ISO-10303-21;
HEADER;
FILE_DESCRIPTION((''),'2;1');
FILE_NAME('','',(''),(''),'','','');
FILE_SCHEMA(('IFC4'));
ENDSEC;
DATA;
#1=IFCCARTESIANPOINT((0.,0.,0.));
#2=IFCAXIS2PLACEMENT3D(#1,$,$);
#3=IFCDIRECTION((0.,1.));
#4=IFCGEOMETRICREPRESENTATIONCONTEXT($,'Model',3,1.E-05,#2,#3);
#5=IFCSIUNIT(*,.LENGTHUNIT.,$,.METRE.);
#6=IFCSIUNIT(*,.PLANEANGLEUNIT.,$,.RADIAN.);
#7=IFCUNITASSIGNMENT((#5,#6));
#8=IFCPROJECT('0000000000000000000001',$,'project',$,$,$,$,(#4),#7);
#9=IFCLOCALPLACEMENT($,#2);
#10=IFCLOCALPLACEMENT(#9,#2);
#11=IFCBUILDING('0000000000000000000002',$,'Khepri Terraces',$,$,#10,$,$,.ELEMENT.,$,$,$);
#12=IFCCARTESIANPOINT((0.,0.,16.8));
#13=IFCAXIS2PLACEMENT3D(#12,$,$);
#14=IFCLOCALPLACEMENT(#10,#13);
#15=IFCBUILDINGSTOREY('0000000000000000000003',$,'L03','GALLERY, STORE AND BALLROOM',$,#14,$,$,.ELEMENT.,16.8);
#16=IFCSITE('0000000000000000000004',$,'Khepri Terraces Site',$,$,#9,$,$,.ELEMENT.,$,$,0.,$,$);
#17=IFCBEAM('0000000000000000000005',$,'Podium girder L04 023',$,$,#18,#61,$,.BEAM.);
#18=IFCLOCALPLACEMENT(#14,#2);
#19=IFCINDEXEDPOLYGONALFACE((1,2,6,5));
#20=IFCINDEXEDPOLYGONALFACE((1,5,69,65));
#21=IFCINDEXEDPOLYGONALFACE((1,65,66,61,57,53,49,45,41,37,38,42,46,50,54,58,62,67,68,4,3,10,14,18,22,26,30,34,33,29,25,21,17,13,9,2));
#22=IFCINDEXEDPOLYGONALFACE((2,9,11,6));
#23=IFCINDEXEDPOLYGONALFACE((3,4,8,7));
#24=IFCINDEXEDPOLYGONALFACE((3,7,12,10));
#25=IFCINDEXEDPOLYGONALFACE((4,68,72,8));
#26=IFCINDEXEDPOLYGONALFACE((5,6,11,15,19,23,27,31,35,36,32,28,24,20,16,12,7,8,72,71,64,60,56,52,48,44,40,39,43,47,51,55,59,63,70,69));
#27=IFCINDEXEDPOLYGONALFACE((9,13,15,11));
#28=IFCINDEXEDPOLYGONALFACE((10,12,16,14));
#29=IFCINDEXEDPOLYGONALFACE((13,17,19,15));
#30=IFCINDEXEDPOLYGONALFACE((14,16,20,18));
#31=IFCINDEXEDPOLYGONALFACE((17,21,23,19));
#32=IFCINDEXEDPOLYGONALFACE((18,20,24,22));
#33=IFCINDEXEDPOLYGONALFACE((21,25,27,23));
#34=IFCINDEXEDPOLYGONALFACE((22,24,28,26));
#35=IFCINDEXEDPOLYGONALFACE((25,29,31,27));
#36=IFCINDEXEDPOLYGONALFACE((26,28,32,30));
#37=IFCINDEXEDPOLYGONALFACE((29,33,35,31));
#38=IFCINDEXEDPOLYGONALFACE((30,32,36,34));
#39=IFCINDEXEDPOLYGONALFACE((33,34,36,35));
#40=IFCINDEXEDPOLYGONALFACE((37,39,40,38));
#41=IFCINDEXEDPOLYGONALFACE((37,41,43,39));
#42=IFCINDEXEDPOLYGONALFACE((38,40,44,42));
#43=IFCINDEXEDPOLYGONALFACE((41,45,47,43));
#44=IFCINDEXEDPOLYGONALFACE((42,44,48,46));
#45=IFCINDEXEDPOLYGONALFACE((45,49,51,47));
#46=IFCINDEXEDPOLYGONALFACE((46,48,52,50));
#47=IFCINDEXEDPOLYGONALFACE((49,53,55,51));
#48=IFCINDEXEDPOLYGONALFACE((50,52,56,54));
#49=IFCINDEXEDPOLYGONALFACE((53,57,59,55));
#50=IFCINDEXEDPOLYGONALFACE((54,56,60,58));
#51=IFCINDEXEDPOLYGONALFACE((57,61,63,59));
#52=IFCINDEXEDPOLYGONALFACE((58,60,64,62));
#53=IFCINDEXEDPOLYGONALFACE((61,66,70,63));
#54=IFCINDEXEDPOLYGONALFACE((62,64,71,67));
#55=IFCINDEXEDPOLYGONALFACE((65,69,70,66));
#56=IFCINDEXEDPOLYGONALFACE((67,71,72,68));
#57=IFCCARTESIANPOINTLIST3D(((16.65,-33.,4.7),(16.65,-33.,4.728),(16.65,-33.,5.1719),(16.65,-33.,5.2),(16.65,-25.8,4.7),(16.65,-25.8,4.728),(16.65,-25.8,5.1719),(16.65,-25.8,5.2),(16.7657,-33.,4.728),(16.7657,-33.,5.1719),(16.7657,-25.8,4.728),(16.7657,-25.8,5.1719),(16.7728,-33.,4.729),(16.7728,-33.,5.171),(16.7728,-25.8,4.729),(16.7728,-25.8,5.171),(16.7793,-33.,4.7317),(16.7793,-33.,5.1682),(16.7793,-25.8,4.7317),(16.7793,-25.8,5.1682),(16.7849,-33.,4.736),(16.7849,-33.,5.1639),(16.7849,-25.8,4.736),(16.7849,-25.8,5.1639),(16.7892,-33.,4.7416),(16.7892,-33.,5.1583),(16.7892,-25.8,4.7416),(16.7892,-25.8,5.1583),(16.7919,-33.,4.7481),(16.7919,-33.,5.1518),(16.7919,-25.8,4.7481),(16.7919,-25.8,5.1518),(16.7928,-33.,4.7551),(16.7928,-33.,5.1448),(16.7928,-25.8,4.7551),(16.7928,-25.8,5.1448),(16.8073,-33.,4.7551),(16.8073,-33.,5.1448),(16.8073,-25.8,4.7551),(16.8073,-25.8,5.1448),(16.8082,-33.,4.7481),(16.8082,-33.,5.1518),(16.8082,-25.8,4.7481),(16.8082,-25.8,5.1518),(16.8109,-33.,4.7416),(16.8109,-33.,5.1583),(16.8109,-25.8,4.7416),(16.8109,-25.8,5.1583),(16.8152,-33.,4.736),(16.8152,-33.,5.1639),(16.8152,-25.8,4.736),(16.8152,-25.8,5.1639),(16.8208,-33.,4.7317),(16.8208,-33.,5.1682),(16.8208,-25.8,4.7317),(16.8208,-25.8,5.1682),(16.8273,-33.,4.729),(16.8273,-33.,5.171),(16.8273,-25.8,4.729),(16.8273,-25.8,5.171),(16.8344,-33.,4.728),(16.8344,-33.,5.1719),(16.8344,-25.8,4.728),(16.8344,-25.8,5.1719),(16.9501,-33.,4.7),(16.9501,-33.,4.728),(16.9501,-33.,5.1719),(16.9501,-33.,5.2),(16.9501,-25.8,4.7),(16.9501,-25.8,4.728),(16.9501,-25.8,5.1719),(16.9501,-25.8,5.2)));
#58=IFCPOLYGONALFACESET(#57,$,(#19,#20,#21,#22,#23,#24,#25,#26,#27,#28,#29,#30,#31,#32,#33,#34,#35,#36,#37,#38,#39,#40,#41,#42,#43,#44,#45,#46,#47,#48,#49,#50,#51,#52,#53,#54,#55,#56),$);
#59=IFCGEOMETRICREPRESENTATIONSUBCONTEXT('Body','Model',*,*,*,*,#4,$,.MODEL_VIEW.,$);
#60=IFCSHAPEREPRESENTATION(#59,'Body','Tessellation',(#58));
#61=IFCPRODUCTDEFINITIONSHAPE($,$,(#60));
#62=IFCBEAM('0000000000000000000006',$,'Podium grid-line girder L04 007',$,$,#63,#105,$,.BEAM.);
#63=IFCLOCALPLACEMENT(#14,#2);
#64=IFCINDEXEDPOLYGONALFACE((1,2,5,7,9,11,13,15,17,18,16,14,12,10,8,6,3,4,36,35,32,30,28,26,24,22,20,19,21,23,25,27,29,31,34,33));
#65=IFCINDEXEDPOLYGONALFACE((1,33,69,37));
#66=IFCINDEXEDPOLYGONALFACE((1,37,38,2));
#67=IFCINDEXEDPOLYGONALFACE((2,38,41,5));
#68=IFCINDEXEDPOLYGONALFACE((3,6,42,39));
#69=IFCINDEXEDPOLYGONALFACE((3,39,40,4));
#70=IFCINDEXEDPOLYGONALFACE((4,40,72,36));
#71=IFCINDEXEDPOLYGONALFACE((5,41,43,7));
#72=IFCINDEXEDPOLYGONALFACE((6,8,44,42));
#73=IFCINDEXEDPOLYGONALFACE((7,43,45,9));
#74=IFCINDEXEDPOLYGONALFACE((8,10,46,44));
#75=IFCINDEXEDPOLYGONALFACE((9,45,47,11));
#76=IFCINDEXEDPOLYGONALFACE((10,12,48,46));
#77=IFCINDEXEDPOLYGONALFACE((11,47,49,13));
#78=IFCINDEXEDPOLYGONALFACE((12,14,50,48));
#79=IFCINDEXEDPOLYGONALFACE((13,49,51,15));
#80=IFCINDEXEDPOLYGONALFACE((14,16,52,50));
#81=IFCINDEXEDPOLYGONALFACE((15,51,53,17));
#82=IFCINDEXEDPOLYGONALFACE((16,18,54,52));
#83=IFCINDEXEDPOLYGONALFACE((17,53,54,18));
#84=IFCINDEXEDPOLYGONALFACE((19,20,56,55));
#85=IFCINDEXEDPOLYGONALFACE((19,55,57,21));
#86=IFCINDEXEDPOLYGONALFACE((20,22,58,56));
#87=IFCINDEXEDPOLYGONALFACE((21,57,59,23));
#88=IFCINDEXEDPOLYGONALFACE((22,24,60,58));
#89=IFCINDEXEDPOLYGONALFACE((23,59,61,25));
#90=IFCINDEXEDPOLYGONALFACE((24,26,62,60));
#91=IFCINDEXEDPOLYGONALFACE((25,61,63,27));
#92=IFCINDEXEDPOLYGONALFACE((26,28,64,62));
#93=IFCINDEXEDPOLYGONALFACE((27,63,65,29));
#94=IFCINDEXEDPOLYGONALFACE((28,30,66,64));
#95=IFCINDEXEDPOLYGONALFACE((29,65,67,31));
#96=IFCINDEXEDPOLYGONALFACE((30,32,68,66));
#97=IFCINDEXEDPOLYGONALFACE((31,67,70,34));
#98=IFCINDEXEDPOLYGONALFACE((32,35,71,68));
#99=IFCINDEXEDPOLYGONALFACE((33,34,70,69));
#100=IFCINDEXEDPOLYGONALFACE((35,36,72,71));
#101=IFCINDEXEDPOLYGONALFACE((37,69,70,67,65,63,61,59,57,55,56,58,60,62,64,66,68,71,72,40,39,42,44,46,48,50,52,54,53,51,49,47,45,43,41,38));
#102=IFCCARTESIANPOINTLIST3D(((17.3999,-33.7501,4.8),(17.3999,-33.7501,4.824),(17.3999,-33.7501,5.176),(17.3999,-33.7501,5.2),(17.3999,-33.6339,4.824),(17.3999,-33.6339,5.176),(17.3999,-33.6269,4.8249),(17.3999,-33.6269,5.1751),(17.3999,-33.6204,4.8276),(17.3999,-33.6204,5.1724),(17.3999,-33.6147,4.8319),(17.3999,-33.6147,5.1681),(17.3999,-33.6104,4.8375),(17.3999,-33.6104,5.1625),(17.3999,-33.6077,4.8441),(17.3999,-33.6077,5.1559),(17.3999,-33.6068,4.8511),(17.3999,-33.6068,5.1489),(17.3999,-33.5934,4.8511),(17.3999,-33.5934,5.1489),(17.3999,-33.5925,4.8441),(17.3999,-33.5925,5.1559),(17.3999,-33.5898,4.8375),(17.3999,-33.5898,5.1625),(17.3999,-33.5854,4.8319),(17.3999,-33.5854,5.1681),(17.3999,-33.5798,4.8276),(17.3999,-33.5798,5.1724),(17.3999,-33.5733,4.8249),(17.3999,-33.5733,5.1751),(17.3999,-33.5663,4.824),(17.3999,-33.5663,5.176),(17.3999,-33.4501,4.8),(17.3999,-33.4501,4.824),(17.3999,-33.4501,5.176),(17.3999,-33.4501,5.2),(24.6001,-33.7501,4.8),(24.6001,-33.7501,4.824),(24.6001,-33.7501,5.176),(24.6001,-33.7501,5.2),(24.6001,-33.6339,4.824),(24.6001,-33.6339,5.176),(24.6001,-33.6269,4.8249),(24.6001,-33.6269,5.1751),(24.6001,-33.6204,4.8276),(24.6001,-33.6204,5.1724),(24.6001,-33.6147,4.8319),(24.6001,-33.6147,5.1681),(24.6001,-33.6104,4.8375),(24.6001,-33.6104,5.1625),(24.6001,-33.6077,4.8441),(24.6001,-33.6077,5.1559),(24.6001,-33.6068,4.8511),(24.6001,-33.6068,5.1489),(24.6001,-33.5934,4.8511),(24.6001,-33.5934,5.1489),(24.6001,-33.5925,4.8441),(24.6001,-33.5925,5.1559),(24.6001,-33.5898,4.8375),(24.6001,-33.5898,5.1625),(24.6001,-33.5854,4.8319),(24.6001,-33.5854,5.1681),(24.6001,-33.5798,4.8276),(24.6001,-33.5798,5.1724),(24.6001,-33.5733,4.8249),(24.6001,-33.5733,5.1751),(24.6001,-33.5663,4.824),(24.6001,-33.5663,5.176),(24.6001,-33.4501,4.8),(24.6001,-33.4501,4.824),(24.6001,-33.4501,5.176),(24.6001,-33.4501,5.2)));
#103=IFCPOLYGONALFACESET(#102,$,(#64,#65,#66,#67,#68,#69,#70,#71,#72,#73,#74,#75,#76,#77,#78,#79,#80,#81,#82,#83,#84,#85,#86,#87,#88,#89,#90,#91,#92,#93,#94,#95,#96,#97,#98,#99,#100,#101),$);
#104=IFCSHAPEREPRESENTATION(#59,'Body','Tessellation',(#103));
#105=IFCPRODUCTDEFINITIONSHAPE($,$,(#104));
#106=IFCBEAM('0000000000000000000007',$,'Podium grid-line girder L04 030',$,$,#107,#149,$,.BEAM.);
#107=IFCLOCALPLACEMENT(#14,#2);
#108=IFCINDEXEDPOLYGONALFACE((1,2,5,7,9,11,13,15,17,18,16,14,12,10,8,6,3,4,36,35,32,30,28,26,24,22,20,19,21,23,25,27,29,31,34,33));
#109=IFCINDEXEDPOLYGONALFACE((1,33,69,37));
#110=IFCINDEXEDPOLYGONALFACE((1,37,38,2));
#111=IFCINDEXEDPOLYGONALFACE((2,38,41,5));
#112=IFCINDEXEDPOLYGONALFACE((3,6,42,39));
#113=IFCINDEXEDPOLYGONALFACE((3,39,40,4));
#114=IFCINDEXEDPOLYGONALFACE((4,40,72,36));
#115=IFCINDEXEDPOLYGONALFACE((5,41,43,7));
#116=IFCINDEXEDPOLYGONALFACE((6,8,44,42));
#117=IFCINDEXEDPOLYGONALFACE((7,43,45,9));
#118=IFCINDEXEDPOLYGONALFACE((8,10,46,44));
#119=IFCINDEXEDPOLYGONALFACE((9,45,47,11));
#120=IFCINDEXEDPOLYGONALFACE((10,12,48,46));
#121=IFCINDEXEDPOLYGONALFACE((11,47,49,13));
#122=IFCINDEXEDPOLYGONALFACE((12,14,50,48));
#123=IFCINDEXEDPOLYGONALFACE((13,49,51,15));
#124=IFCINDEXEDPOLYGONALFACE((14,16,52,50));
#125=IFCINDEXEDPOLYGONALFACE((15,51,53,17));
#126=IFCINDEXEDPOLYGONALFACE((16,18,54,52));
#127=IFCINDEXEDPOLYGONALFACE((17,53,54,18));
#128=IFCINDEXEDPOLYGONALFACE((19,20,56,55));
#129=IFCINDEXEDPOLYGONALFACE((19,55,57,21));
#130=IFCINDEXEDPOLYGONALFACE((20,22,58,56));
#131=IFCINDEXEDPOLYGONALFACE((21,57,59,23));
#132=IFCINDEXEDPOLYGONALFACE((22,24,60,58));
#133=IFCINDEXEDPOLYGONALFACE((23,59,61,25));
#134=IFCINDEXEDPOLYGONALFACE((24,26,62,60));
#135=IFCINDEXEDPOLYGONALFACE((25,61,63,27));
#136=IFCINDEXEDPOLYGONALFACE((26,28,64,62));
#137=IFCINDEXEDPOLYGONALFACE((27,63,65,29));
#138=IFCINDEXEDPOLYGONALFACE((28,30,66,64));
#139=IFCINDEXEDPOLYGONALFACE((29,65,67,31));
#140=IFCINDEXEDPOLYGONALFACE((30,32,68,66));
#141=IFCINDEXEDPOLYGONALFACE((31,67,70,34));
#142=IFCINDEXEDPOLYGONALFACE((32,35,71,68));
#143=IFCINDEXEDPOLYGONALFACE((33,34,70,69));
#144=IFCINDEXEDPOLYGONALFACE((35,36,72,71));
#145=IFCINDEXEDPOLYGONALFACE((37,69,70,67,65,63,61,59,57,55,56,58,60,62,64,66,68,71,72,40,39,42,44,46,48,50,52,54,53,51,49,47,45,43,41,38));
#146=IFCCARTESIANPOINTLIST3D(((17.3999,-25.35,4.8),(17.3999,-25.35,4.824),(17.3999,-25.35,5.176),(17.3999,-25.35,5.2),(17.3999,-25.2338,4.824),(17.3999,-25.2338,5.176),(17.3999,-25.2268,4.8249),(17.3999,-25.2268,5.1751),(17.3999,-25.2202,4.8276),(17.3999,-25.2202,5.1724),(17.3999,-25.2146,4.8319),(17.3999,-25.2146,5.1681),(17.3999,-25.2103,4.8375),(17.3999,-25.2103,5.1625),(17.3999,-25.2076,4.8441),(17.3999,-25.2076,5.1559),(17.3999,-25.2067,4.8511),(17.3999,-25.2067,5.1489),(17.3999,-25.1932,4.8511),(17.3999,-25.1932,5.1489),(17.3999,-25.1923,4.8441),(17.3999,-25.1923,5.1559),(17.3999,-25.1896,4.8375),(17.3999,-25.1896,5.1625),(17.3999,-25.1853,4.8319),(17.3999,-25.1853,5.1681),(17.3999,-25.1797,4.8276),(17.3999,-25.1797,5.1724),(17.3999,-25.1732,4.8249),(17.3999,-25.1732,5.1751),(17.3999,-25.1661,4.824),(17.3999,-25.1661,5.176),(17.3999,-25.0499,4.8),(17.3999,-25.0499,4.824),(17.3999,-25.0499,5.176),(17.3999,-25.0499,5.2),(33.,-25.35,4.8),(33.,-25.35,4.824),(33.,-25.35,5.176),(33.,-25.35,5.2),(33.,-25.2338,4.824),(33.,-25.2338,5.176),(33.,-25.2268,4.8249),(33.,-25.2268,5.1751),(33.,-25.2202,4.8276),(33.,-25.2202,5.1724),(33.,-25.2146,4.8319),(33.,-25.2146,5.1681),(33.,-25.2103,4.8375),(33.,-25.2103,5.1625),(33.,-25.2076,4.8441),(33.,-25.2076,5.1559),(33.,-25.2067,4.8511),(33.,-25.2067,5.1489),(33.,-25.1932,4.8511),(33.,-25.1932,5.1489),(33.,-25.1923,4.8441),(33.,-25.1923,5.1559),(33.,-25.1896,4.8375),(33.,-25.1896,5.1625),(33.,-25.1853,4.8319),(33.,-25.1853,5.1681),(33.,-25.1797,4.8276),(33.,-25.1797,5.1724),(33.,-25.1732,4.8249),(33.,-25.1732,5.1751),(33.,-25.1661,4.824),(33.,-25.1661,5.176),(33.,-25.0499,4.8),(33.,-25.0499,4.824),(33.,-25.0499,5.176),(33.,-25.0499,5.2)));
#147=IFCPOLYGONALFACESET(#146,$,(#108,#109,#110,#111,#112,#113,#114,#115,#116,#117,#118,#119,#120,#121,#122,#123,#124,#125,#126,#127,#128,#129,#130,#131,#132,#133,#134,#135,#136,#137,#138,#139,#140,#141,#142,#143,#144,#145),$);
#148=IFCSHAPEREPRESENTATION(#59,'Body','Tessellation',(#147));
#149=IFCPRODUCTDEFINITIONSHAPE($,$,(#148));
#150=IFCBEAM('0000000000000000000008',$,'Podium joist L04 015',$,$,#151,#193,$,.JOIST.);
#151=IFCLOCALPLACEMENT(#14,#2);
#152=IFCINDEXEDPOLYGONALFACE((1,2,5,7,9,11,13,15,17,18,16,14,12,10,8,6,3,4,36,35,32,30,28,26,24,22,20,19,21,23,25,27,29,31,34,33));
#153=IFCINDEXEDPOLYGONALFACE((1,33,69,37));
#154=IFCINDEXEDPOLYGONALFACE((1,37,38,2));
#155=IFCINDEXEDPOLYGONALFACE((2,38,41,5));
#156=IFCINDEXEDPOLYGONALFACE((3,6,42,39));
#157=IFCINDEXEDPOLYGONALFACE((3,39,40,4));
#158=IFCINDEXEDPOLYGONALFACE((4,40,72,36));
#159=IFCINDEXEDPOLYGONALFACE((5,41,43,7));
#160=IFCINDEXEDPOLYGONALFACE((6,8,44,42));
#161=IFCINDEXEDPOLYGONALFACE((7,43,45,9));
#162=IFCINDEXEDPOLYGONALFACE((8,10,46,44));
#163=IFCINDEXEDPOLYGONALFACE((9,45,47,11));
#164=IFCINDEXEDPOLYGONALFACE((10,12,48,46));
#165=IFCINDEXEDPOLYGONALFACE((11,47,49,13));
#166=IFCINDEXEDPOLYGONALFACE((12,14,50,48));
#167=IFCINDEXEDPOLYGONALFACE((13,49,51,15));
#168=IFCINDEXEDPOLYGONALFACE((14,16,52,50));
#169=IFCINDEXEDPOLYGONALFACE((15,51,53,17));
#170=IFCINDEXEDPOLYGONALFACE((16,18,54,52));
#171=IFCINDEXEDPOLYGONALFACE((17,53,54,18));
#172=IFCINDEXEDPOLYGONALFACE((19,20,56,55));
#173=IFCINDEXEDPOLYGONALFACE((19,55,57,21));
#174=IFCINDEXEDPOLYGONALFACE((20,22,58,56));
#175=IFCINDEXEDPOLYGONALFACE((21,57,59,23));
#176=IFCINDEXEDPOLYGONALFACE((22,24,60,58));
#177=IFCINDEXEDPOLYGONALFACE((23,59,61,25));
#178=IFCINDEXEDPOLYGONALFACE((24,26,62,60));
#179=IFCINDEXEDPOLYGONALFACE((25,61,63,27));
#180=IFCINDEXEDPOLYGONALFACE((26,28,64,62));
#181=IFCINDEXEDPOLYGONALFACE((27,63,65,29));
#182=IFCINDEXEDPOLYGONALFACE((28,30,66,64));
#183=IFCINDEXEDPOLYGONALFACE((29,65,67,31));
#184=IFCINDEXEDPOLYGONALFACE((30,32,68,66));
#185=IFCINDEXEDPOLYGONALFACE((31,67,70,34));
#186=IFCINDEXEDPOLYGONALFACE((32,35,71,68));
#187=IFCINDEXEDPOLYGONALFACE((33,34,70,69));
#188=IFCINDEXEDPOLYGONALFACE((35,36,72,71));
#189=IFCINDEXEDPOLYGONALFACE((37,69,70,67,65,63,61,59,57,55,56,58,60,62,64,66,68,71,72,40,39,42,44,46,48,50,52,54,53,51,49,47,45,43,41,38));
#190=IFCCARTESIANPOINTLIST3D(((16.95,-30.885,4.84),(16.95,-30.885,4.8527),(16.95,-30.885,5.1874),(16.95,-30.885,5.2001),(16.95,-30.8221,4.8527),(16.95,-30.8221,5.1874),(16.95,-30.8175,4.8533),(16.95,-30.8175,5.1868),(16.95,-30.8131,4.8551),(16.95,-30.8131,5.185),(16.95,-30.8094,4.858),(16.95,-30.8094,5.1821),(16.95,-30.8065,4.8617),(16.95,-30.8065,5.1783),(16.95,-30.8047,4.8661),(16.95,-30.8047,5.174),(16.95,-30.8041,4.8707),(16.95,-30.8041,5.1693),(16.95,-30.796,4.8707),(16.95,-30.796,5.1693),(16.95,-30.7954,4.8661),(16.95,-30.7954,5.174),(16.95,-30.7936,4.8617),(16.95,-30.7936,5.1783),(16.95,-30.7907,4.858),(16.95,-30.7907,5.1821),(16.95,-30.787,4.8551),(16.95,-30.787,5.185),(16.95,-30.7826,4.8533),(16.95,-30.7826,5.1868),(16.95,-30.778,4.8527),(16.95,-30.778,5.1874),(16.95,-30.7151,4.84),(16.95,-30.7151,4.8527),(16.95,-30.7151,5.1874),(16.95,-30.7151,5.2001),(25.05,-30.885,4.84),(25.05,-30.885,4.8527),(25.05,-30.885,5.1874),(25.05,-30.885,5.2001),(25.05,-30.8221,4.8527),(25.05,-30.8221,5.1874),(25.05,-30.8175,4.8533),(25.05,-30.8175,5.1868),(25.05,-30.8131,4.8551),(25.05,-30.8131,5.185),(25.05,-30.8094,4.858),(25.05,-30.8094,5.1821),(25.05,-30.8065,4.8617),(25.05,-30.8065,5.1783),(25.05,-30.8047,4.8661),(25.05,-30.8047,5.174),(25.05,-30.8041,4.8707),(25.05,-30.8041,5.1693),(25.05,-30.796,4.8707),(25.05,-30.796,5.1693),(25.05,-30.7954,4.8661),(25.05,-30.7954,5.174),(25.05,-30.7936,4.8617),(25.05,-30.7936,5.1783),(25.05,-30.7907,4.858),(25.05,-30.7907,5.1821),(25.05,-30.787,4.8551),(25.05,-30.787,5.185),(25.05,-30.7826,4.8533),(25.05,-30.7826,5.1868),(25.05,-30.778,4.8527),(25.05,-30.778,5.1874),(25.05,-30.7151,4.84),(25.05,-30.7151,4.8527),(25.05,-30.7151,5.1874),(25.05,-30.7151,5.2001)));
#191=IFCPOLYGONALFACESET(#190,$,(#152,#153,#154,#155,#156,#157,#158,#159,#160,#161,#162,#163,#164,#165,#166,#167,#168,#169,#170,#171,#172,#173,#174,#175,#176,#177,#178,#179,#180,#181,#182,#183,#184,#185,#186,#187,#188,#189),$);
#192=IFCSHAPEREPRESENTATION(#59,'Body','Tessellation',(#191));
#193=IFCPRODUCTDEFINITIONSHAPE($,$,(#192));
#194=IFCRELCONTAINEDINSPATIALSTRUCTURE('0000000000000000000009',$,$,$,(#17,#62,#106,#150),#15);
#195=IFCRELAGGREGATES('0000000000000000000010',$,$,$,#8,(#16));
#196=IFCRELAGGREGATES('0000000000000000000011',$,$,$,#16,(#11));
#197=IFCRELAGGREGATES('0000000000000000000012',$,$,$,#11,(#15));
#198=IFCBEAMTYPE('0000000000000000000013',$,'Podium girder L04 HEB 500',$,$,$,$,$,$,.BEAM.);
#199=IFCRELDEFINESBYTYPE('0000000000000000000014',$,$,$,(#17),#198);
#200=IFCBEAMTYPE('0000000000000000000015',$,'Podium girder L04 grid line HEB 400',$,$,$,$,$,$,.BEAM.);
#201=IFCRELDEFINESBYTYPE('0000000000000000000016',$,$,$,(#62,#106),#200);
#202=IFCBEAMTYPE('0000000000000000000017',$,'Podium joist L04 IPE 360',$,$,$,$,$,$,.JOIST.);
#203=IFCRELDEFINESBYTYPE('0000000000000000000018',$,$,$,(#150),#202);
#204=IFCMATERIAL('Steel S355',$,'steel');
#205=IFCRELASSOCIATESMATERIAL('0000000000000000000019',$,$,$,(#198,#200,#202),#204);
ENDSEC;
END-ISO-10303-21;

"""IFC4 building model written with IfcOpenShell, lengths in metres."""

from ifc_helpers import new_model, si_unit, direction, frame, origin, origin_2d, place, context, subcontext, project, spatial, i_section, extrude, material, material_profile, profile_set, type_object, element, save


model = new_model("IFC4")

# Units and contexts
model_context = context("Model", 3, precision=1e-05, world=origin(), true_north=direction((0.0, 1.0)))
body_context = subcontext(model_context, "Body", "Model", "MODEL_VIEW")
ifc_project = project(units=[si_unit("LENGTHUNIT", "METRE"), si_unit("PLANEANGLEUNIT", "RADIAN")], contexts=[model_context])

# Site, building, storey
site_placement = place(None, origin())
site = spatial("IfcSite", under=ifc_project, at=site_placement, Name="Khepri Terraces Site", CompositionType="ELEMENT", RefElevation=0.0)
building_placement = place(site_placement, origin())
building = spatial("IfcBuilding", under=site, at=building_placement, Name="Khepri Terraces", CompositionType="ELEMENT")
storey_placement = place(building_placement, frame((0.0, 0.0, 16.8)))
storey = spatial("IfcBuildingStorey", under=building, at=storey_placement, Name="L03", Description="GALLERY, STORE AND BALLROOM", CompositionType="ELEMENT", Elevation=16.8)

# Beams
ifc_material_1 = material(Name="Steel S355", Category="steel")
ifc_material_profile_1 = material_profile(ifc_material_1, i_section(OverallWidth=0.3, OverallDepth=0.5, WebThickness=0.0144, FlangeThickness=0.0281, FilletRadius=0.0271, at=origin_2d()), Name="Steel S355", Category="steel")
ifc_profile_set_1 = profile_set([ifc_material_profile_1], Name="Steel S355")
beam_type_1 = type_object("IfcBeamType", Name="Podium girder L04 HEB 500", PredefinedType="BEAM", material=ifc_profile_set_1)
beam_1_placement = place(storey_placement, frame((16.8, -33.0, 4.95), z_axis=(0.0, 1.0, 0.0), x_axis=(-1.0, 0.0, 0.0)))
element("IfcBeam", 1, at=beam_1_placement, inside=storey, type_object=beam_type_1, Name="Podium girder L04 023", PredefinedType="BEAM", context=body_context, shape_type="SweptSolid", body=[
    extrude(i_section(OverallWidth=0.3, OverallDepth=0.5, WebThickness=0.0144, FlangeThickness=0.0281, FilletRadius=0.0271, at=origin_2d()), origin(), (0.0, 0.0, 1.0), 7.2),
])
ifc_material_profile_2 = material_profile(ifc_material_1, i_section(OverallWidth=0.3, OverallDepth=0.3999, WebThickness=0.0134, FlangeThickness=0.0239, FilletRadius=0.0271, at=origin_2d()), Name="Steel S355", Category="steel")
ifc_profile_set_2 = profile_set([ifc_material_profile_2], Name="Steel S355")
beam_type_2 = type_object("IfcBeamType", Name="Podium girder L04 grid line HEB 400", PredefinedType="BEAM", material=ifc_profile_set_2)
beam_2_placement = place(storey_placement, frame((17.3999, -33.6001, 5.0), z_axis=(1.0, 0.0, 0.0), x_axis=(0.0, 1.0, 0.0)))
element("IfcBeam", 2, at=beam_2_placement, inside=storey, type_object=beam_type_2, Name="Podium grid-line girder L04 007", PredefinedType="BEAM", context=body_context, shape_type="SweptSolid", body=[
    extrude(i_section(OverallWidth=0.3, OverallDepth=0.3999, WebThickness=0.0134, FlangeThickness=0.0239, FilletRadius=0.0271, at=origin_2d()), origin(), (0.0, 0.0, 1.0), 7.2002),
])
beam_3_placement = place(storey_placement, frame((17.3999, -25.2, 5.0), z_axis=(1.0, 0.0, 0.0), x_axis=(0.0, 1.0, 0.0)))
element("IfcBeam", 3, at=beam_3_placement, inside=storey, type_object=beam_type_2, Name="Podium grid-line girder L04 030", PredefinedType="BEAM", context=body_context, shape_type="SweptSolid", body=[
    extrude(i_section(OverallWidth=0.3, OverallDepth=0.3999, WebThickness=0.0134, FlangeThickness=0.0239, FilletRadius=0.0271, at=origin_2d()), origin(), (0.0, 0.0, 1.0), 15.6001),
])
ifc_material_profile_3 = material_profile(ifc_material_1, i_section(OverallWidth=0.1699, OverallDepth=0.3601, WebThickness=0.0081, FlangeThickness=0.0127, FilletRadius=0.0181, at=origin_2d()), Name="Steel S355", Category="steel")
ifc_profile_set_3 = profile_set([ifc_material_profile_3], Name="Steel S355")
beam_type_3 = type_object("IfcBeamType", Name="Podium joist L04 IPE 360", PredefinedType="JOIST", material=ifc_profile_set_3)
for number, where, z_axis, x_axis, name in (
    (4, (16.95, -30.8, 5.02), (1.0, 0.0, 0.0), (0.0, 1.0, 0.0), "Podium joist L04 015"),
):
    element("IfcBeam", number, at=place(storey_placement, frame(where, z_axis=z_axis, x_axis=x_axis)), inside=storey, type_object=beam_type_3, Name=name, PredefinedType="JOIST", context=body_context, shape_type="SweptSolid", body=[
        extrude(i_section(OverallWidth=0.1699, OverallDepth=0.3601, WebThickness=0.0081, FlangeThickness=0.0127, FilletRadius=0.0181, at=origin_2d()), origin(), (0.0, 0.0, 1.0), 8.1001),
    ])

save(model, "model.ifc")
